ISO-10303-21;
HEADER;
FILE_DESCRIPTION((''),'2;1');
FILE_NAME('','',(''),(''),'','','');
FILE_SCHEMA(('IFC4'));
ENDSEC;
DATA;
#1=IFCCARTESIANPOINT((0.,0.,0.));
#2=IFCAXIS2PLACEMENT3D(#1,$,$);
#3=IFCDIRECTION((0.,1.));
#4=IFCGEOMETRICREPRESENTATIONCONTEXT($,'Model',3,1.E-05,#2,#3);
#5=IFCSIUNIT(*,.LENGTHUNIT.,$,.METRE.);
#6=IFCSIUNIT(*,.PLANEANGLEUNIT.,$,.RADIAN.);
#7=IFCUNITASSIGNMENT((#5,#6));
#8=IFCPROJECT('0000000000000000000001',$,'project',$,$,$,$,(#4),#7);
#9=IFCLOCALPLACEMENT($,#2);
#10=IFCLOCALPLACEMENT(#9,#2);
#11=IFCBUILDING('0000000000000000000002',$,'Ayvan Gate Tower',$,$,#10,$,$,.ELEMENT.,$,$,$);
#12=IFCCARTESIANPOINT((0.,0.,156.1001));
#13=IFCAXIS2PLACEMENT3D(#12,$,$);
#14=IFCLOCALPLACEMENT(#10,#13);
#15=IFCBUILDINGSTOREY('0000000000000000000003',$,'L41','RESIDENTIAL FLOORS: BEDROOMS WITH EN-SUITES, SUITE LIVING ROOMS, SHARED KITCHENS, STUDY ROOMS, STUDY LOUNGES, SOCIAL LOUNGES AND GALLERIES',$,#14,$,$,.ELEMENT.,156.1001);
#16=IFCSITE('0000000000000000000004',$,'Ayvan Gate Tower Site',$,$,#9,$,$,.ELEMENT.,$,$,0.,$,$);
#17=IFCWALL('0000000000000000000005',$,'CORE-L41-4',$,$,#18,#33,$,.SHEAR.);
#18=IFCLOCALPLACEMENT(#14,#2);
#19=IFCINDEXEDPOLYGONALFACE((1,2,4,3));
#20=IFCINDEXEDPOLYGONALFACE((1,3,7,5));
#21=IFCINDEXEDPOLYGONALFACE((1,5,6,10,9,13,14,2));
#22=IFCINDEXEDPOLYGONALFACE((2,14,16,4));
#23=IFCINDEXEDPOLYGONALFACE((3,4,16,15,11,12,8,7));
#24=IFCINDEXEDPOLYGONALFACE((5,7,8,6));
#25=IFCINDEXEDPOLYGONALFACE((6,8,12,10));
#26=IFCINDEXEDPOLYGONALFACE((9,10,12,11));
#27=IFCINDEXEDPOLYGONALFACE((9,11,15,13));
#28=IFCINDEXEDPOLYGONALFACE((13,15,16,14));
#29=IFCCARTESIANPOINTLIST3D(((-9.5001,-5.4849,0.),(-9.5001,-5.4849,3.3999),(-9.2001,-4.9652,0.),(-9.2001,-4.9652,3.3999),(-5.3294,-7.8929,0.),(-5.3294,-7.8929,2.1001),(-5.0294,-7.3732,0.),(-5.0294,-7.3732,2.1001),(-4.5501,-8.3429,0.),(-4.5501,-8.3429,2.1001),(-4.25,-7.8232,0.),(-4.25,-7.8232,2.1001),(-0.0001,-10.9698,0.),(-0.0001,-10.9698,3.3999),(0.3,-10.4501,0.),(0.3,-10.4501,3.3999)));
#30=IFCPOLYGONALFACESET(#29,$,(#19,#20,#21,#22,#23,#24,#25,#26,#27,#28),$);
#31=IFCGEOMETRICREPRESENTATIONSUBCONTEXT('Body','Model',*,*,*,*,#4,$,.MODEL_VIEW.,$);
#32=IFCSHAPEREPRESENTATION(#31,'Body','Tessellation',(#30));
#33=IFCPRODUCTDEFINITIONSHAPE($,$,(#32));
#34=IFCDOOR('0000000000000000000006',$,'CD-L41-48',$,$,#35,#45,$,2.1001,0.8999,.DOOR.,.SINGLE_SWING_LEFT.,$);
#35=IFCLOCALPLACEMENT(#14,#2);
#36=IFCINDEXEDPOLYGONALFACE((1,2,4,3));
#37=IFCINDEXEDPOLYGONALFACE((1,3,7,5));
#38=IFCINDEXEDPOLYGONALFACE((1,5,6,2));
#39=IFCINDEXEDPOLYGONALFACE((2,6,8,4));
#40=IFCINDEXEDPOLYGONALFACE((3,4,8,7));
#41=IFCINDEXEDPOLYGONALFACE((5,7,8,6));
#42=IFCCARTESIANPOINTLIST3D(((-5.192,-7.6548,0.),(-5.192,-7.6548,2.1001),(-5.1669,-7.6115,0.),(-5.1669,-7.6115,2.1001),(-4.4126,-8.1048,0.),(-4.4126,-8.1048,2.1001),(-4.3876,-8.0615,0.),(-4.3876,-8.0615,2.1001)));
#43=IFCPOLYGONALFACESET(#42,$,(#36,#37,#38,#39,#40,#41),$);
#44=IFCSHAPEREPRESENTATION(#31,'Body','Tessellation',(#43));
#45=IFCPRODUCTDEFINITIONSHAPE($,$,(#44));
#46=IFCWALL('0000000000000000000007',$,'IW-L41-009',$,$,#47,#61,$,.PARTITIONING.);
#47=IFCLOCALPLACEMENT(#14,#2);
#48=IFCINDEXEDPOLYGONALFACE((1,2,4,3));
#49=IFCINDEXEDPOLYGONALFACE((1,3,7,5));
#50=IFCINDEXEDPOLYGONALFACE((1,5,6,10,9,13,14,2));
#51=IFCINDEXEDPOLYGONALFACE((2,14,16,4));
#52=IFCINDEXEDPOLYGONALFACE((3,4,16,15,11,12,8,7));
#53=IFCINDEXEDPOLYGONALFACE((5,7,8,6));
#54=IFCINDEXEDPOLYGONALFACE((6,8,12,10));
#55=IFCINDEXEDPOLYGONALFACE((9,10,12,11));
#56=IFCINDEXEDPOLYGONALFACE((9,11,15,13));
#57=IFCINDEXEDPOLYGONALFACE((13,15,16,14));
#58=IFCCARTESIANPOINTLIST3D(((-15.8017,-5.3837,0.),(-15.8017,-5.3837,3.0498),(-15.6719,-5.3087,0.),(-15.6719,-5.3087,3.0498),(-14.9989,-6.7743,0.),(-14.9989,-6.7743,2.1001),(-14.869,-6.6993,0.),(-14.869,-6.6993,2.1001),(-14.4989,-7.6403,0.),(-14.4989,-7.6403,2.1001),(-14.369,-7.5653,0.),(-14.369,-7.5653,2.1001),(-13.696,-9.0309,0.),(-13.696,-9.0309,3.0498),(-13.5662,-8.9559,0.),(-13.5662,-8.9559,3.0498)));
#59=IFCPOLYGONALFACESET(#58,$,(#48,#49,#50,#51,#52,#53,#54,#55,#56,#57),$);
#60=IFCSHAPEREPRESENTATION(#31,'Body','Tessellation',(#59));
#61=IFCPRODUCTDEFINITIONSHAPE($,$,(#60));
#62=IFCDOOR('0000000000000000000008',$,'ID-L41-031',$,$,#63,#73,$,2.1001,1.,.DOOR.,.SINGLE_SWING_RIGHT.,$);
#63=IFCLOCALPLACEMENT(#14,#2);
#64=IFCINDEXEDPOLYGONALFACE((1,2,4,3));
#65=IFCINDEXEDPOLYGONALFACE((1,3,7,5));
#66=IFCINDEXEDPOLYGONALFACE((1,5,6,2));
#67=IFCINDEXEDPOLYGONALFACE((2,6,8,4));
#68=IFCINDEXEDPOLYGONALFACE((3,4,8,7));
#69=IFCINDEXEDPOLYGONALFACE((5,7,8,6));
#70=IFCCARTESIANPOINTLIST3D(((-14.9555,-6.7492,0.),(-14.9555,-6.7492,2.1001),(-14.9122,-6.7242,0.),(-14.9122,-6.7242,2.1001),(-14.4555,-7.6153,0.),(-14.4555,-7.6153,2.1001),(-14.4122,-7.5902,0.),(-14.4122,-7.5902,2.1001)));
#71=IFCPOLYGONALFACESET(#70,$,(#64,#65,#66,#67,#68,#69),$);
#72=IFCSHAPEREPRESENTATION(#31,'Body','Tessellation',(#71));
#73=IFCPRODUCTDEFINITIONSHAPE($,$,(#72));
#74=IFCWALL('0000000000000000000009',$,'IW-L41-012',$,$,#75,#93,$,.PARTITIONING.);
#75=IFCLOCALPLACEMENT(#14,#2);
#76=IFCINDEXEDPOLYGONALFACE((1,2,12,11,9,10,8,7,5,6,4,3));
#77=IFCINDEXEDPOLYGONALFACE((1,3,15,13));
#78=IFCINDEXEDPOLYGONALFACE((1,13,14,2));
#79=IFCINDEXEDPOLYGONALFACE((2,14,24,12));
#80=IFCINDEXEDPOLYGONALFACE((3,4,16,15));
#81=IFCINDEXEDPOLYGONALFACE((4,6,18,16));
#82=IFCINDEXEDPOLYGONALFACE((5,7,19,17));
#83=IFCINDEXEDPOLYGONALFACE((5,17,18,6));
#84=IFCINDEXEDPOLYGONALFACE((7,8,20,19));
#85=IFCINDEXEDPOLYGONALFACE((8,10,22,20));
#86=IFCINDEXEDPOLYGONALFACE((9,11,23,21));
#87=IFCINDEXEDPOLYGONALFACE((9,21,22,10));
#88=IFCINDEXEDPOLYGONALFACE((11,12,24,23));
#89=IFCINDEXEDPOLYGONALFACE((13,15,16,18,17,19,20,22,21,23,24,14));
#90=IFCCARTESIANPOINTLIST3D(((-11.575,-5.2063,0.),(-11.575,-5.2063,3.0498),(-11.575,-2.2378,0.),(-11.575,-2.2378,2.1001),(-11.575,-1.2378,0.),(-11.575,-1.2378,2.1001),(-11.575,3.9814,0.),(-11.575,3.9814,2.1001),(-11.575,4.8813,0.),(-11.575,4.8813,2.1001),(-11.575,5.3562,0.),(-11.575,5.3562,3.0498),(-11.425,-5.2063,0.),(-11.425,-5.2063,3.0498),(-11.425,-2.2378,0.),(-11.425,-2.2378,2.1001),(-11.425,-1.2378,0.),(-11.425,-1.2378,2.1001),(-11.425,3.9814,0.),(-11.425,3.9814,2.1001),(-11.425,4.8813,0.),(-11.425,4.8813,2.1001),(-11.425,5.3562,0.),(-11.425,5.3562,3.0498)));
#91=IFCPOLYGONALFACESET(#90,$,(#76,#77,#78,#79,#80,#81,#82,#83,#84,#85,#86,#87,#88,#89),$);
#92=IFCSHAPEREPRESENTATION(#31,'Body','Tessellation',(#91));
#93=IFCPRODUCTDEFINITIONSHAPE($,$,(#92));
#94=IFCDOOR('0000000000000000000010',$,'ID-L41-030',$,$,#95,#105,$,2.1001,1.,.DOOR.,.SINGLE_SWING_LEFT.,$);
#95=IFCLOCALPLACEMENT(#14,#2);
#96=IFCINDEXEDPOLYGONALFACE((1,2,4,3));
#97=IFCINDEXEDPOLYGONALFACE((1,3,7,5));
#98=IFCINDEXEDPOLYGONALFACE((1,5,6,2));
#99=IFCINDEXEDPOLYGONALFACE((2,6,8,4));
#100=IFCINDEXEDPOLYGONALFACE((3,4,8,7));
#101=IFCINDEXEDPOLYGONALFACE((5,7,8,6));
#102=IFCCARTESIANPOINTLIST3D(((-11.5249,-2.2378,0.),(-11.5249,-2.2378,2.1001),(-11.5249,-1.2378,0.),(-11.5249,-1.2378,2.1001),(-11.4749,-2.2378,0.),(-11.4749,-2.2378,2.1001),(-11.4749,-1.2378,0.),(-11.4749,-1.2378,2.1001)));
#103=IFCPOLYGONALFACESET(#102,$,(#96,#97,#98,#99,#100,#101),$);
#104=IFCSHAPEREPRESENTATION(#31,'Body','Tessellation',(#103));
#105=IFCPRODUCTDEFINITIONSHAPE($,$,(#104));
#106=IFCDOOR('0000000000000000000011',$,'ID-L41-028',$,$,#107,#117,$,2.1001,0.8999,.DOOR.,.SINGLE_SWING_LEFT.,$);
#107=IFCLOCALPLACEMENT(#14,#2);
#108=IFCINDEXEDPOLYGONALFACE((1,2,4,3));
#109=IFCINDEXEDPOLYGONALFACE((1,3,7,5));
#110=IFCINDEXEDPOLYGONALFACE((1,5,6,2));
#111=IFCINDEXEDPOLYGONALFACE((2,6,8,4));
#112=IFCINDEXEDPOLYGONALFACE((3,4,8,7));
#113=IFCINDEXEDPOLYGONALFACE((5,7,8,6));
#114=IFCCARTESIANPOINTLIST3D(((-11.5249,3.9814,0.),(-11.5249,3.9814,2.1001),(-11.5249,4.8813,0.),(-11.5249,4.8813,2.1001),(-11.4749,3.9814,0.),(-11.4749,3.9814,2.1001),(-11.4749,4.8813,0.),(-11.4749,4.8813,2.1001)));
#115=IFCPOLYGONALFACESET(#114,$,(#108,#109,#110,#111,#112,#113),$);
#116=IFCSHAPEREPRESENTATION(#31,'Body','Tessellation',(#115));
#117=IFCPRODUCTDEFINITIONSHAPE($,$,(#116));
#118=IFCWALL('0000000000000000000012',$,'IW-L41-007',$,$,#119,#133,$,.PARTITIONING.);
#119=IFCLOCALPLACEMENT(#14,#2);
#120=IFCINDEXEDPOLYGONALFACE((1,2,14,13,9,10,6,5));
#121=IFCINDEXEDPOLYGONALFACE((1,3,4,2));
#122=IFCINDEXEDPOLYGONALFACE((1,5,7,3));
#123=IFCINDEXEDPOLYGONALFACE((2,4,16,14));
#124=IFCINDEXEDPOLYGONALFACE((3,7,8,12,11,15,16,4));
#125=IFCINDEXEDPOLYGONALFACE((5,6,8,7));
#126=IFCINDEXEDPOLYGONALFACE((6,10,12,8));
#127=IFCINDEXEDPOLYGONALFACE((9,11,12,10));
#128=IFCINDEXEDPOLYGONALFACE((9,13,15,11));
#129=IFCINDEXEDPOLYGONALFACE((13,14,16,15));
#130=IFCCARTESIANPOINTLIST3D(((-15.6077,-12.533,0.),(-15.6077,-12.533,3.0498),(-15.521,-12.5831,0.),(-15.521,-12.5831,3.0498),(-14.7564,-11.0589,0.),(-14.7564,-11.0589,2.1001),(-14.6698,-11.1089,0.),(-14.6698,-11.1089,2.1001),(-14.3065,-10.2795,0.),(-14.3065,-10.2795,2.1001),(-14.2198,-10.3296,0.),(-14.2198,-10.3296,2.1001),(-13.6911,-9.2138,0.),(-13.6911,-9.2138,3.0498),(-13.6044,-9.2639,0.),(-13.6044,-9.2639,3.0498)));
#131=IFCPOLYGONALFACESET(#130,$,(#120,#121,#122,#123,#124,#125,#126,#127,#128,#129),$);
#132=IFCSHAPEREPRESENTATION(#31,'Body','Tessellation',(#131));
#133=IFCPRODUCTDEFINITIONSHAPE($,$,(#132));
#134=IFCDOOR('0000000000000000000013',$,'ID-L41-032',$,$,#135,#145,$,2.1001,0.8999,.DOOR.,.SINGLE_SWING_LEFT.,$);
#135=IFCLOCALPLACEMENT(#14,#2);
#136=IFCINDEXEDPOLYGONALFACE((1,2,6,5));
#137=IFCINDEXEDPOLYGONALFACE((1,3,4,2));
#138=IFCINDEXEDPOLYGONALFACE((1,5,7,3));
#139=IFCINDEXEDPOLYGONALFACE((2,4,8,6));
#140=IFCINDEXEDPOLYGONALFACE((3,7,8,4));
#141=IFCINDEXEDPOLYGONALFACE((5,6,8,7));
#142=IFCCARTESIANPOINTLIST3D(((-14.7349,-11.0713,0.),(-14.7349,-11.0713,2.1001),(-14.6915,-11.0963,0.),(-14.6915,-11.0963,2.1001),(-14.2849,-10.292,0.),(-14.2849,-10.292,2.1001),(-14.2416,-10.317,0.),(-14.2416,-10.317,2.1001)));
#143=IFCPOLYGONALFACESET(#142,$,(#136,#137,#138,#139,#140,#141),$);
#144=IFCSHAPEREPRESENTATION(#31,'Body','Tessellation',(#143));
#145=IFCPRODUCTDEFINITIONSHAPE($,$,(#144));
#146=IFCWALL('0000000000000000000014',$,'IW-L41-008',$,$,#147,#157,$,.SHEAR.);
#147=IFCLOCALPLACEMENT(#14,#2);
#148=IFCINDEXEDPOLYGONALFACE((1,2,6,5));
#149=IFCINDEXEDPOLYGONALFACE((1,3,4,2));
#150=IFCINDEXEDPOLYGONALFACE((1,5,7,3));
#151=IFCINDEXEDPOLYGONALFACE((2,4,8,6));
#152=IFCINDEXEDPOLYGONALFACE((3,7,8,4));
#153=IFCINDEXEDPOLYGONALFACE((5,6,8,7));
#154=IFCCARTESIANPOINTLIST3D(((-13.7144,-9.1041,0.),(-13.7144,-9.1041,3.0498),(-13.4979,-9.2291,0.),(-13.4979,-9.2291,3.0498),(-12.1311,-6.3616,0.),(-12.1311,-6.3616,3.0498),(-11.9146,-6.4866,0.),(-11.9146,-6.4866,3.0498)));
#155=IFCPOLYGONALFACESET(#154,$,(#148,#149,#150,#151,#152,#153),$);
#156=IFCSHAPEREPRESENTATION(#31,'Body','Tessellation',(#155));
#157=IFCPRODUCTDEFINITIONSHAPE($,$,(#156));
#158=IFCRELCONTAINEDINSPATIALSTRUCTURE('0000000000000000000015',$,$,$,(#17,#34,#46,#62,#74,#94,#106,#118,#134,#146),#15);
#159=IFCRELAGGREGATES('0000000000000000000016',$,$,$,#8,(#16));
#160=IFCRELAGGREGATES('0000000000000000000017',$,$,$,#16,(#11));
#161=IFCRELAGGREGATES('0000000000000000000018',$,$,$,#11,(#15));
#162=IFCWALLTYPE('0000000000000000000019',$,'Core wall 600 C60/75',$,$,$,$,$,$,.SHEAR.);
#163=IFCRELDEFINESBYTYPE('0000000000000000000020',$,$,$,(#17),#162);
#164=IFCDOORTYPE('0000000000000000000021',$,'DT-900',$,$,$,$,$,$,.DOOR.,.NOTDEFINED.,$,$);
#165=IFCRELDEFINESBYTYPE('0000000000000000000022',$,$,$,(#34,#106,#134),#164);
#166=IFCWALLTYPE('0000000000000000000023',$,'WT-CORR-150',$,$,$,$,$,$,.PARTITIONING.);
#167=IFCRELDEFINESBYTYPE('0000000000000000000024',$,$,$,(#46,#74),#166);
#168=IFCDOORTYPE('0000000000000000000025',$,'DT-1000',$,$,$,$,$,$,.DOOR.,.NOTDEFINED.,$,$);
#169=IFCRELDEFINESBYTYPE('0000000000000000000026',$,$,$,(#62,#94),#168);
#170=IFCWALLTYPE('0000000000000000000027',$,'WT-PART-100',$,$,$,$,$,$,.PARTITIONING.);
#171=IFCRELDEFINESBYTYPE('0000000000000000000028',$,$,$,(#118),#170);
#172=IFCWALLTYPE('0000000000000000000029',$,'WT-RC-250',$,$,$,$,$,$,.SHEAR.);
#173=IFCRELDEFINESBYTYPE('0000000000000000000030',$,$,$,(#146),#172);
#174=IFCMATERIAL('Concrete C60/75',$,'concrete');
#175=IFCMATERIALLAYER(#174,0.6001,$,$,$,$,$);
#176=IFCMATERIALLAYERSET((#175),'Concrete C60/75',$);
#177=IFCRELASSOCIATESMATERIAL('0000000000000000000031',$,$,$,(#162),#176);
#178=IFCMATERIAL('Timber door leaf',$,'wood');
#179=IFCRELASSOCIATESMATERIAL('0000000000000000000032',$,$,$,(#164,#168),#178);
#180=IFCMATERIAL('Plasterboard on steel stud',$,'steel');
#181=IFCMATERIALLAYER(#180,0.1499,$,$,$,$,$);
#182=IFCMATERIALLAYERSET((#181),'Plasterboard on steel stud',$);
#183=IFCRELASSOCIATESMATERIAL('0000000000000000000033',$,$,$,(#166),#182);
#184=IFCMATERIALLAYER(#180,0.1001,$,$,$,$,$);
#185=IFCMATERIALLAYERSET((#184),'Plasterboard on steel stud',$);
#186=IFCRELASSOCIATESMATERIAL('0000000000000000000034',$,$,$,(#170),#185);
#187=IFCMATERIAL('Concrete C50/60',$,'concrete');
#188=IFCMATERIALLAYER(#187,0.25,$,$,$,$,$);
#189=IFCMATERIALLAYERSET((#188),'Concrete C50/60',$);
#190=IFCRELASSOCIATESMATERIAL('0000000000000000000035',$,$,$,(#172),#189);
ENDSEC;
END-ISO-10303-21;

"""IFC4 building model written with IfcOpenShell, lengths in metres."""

from ifc_helpers import new_model, si_unit, direction, frame, frame_2d, origin, place, context, subcontext, project, spatial, rectangle, extrude, material, layer, layer_set, type_object, element, fill, save


model = new_model("IFC4")

# Units and contexts
model_context = context("Model", 3, precision=1e-05, world=origin(), true_north=direction((0.0, 1.0)))
body_context = subcontext(model_context, "Body", "Model", "MODEL_VIEW")
ifc_project = project(units=[si_unit("LENGTHUNIT", "METRE"), si_unit("PLANEANGLEUNIT", "RADIAN")], contexts=[model_context])

# Site, building, storey
site_placement = place(None, origin())
site = spatial("IfcSite", under=ifc_project, at=site_placement, Name="Ayvan Gate Tower Site", CompositionType="ELEMENT", RefElevation=0.0)
building_placement = place(site_placement, origin())
building = spatial("IfcBuilding", under=site, at=building_placement, Name="Ayvan Gate Tower", CompositionType="ELEMENT")
storey_placement = place(building_placement, frame((0.0, 0.0, 156.1001)))
storey = spatial("IfcBuildingStorey", under=building, at=storey_placement, Name="L41", Description="RESIDENTIAL FLOORS: BEDROOMS WITH EN-SUITES, SUITE LIVING ROOMS, SHARED KITCHENS, STUDY ROOMS, STUDY LOUNGES, SOCIAL LOUNGES AND GALLERIES", CompositionType="ELEMENT", Elevation=156.1001)

# Walls, openings, doors
ifc_material_1 = material(Name="Concrete C60/75", Category="concrete")
ifc_layer_1 = layer(ifc_material_1, 0.6001)
ifc_layer_set_1 = layer_set([ifc_layer_1], Name="Concrete C60/75")
wall_type_1 = type_object("IfcWallType", Name="Core wall 600 C60/75", PredefinedType="SHEAR", material=ifc_layer_set_1)
wall_1_placement = place(storey_placement, frame((-9.3501, -5.2251, 0.0), z_axis=(0.0, 0.0, 1.0), x_axis=(0.866024, -0.500002, 0.0)))
wall_1 = element("IfcWall", 1, at=wall_1_placement, inside=storey, type_object=wall_type_1, Name="CORE-L41-4", PredefinedType="SHEAR", context=body_context, shape_type="SweptSolid", body=[
    extrude(rectangle(XDim=10.9697, YDim=0.6001, at=frame_2d((5.4849, 0.0))), origin(), (0.0, 0.0, 1.0), 3.3999),
])
opening_1_placement = place(wall_1_placement, frame((4.8159, 0.0, 0.0)))
opening_1 = element("IfcOpeningElement", 2, at=opening_1_placement, cuts=wall_1, PredefinedType="OPENING", context=body_context, shape_type="SweptSolid", body=[
    extrude(rectangle(XDim=0.8999, YDim=2.1001, at=frame_2d((0.45, 1.05))), frame((0.0, 0.3101, 0.0), z_axis=(0.0, -1.0, 0.0), x_axis=(1.0, 0.0, 0.0)), (0.0, 0.0, 1.0), 0.6201),
])
ifc_material_2 = material(Name="Timber door leaf", Category="wood")
door_type_1 = type_object("IfcDoorType", Name="DT-900", OperationType="NOTDEFINED", PredefinedType="DOOR", material=ifc_material_2)
door_1_placement = place(opening_1_placement, origin())
door_1 = element("IfcDoor", 3, at=door_1_placement, inside=storey, type_object=door_type_1, Name="CD-L41-48", OperationType="SINGLE_SWING_LEFT", OverallHeight=2.1001, OverallWidth=0.8999, PredefinedType="DOOR", context=body_context, shape_type="SweptSolid", body=[
    extrude(rectangle(XDim=0.8999, YDim=2.1001, at=frame_2d((0.45, 1.05))), frame((0.0, 0.0249, 0.0), z_axis=(0.0, -1.0, 0.0), x_axis=(1.0, 0.0, 0.0)), (0.0, 0.0, 1.0), 0.05),
])
fill(opening_1, door_1)
ifc_material_3 = material(Name="Plasterboard on steel stud", Category="steel")
ifc_layer_2 = layer(ifc_material_3, 0.1499)
ifc_layer_set_2 = layer_set([ifc_layer_2], Name="Plasterboard on steel stud")
wall_type_2 = type_object("IfcWallType", Name="WT-CORR-150", PredefinedType="PARTITIONING", material=ifc_layer_set_2)
wall_2_placement = place(storey_placement, frame((-13.6311, -8.9934, 0.0), z_axis=(0.0, 0.0, 1.0), x_axis=(-0.499998, 0.866026, 0.0)))
wall_2 = element("IfcWall", 4, at=wall_2_placement, inside=storey, type_object=wall_type_2, Name="IW-L41-009", PredefinedType="PARTITIONING", context=body_context, shape_type="SweptSolid", body=[
    extrude(rectangle(XDim=4.2114, YDim=0.1499, at=frame_2d((2.1057, 0.0))), origin(), (0.0, 0.0, 1.0), 3.0498),
])
opening_2_placement = place(wall_2_placement, frame((1.6057, 0.0, 0.0)))
opening_2 = element("IfcOpeningElement", 5, at=opening_2_placement, cuts=wall_2, PredefinedType="OPENING", context=body_context, shape_type="SweptSolid", body=[
    extrude(rectangle(XDim=1.0, YDim=2.1001, at=frame_2d((0.5, 1.05))), frame((0.0, 0.085, 0.0), z_axis=(0.0, -1.0, 0.0), x_axis=(1.0, 0.0, 0.0)), (0.0, 0.0, 1.0), 0.1699),
])
door_type_2 = type_object("IfcDoorType", Name="DT-1000", OperationType="NOTDEFINED", PredefinedType="DOOR", material=ifc_material_2)
door_2_placement = place(opening_2_placement, origin())
door_2 = element("IfcDoor", 6, at=door_2_placement, inside=storey, type_object=door_type_2, Name="ID-L41-031", OperationType="SINGLE_SWING_RIGHT", OverallHeight=2.1001, OverallWidth=1.0, PredefinedType="DOOR", context=body_context, shape_type="SweptSolid", body=[
    extrude(rectangle(XDim=1.0, YDim=2.1001, at=frame_2d((0.5, 1.05))), frame((0.0, 0.0249, 0.0), z_axis=(0.0, -1.0, 0.0), x_axis=(1.0, 0.0, 0.0)), (0.0, 0.0, 1.0), 0.05),
])
fill(opening_2, door_2)

# Wall, openings, doors
wall_3_placement = place(storey_placement, frame((-11.5, -5.2063, 0.0), z_axis=(0.0, 0.0, 1.0), x_axis=(0.0, 1.0, 0.0)))
wall_3 = element("IfcWall", 7, at=wall_3_placement, inside=storey, type_object=wall_type_2, Name="IW-L41-012", PredefinedType="PARTITIONING", context=body_context, shape_type="SweptSolid", body=[
    extrude(rectangle(XDim=10.5625, YDim=0.1499, at=frame_2d((5.2812, 0.0))), origin(), (0.0, 0.0, 1.0), 3.0498),
])
opening_3_placement = place(wall_3_placement, frame((9.1877, 0.0, 0.0)))
opening_3 = element("IfcOpeningElement", 8, at=opening_3_placement, cuts=wall_3, PredefinedType="OPENING", context=body_context, shape_type="SweptSolid", body=[
    extrude(rectangle(XDim=0.8999, YDim=2.1001, at=frame_2d((0.45, 1.05))), frame((0.0, 0.085, 0.0), z_axis=(0.0, -1.0, 0.0), x_axis=(1.0, 0.0, 0.0)), (0.0, 0.0, 1.0), 0.1699),
])
opening_4_placement = place(wall_3_placement, frame((2.9685, 0.0, 0.0)))
opening_4 = element("IfcOpeningElement", 9, at=opening_4_placement, cuts=wall_3, PredefinedType="OPENING", context=body_context, shape_type="SweptSolid", body=[
    extrude(rectangle(XDim=1.0, YDim=2.1001, at=frame_2d((0.5, 1.05))), frame((0.0, 0.085, 0.0), z_axis=(0.0, -1.0, 0.0), x_axis=(1.0, 0.0, 0.0)), (0.0, 0.0, 1.0), 0.1699),
])
door_3_placement = place(opening_4_placement, origin())
door_3 = element("IfcDoor", 10, at=door_3_placement, inside=storey, type_object=door_type_2, Name="ID-L41-030", OperationType="SINGLE_SWING_LEFT", OverallHeight=2.1001, OverallWidth=1.0, PredefinedType="DOOR", context=body_context, shape_type="SweptSolid", body=[
    extrude(rectangle(XDim=1.0, YDim=2.1001, at=frame_2d((0.5, 1.05))), frame((0.0, 0.0249, 0.0), z_axis=(0.0, -1.0, 0.0), x_axis=(1.0, 0.0, 0.0)), (0.0, 0.0, 1.0), 0.05),
])
fill(opening_4, door_3)
door_4_placement = place(opening_3_placement, origin())
door_4 = element("IfcDoor", 11, at=door_4_placement, inside=storey, type_object=door_type_1, Name="ID-L41-028", OperationType="SINGLE_SWING_LEFT", OverallHeight=2.1001, OverallWidth=0.8999, PredefinedType="DOOR", context=body_context, shape_type="SweptSolid", body=[
    extrude(rectangle(XDim=0.8999, YDim=2.1001, at=frame_2d((0.45, 1.05))), frame((0.0, 0.0249, 0.0), z_axis=(0.0, -1.0, 0.0), x_axis=(1.0, 0.0, 0.0)), (0.0, 0.0, 1.0), 0.05),
])
fill(opening_3, door_4)

# Wall, opening, door
ifc_layer_3 = layer(ifc_material_3, 0.1001)
ifc_layer_set_3 = layer_set([ifc_layer_3], Name="Plasterboard on steel stud")
wall_type_3 = type_object("IfcWallType", Name="WT-PART-100", PredefinedType="PARTITIONING", material=ifc_layer_set_3)
wall_4_placement = place(storey_placement, frame((-13.6477, -9.2388, 0.0), z_axis=(0.0, 0.0, 1.0), x_axis=(-0.500044, -0.866, 0.0)))
wall_4 = element("IfcWall", 12, at=wall_4_placement, inside=storey, type_object=wall_type_3, Name="IW-L41-007", PredefinedType="PARTITIONING", context=body_context, shape_type="SweptSolid", body=[
    extrude(rectangle(XDim=3.8328, YDim=0.1001, at=frame_2d((1.9165, 0.0))), origin(), (0.0, 0.0, 1.0), 3.0498),
])
opening_5_placement = place(wall_4_placement, frame((1.2307, 0.0, 0.0)))
opening_5 = element("IfcOpeningElement", 13, at=opening_5_placement, cuts=wall_4, PredefinedType="OPENING", context=body_context, shape_type="SweptSolid", body=[
    extrude(rectangle(XDim=0.8999, YDim=2.1001, at=frame_2d((0.45, 1.05))), frame((0.0, 0.0601, 0.0), z_axis=(0.0, -1.0, 0.0), x_axis=(1.0, 0.0, 0.0)), (0.0, 0.0, 1.0), 0.1201),
])
door_5_placement = place(opening_5_placement, origin())
door_5 = element("IfcDoor", 14, at=door_5_placement, inside=storey, type_object=door_type_1, Name="ID-L41-032", OperationType="SINGLE_SWING_LEFT", OverallHeight=2.1001, OverallWidth=0.8999, PredefinedType="DOOR", context=body_context, shape_type="SweptSolid", body=[
    extrude(rectangle(XDim=0.8999, YDim=2.1001, at=frame_2d((0.45, 1.05))), frame((0.0, 0.0249, 0.0), z_axis=(0.0, -1.0, 0.0), x_axis=(1.0, 0.0, 0.0)), (0.0, 0.0, 1.0), 0.05),
])
fill(opening_5, door_5)

# Wall
ifc_material_4 = material(Name="Concrete C50/60", Category="concrete")
ifc_layer_4 = layer(ifc_material_4, 0.25)
ifc_layer_set_4 = layer_set([ifc_layer_4], Name="Concrete C50/60")
wall_type_4 = type_object("IfcWallType", Name="WT-RC-250", PredefinedType="SHEAR", material=ifc_layer_set_4)
wall_5_placement = place(storey_placement, frame((-13.6062, -9.1667, 0.0), z_axis=(0.0, 0.0, 1.0), x_axis=(0.499978, 0.866038, 0.0)))
element("IfcWall", 15, at=wall_5_placement, inside=storey, type_object=wall_type_4, Name="IW-L41-008", PredefinedType="SHEAR", context=body_context, shape_type="SweptSolid", body=[
    extrude(rectangle(XDim=3.1667, YDim=0.25, at=frame_2d((1.5835, 0.0))), origin(), (0.0, 0.0, 1.0), 3.0498),
])

save(model, "model.ifc")
